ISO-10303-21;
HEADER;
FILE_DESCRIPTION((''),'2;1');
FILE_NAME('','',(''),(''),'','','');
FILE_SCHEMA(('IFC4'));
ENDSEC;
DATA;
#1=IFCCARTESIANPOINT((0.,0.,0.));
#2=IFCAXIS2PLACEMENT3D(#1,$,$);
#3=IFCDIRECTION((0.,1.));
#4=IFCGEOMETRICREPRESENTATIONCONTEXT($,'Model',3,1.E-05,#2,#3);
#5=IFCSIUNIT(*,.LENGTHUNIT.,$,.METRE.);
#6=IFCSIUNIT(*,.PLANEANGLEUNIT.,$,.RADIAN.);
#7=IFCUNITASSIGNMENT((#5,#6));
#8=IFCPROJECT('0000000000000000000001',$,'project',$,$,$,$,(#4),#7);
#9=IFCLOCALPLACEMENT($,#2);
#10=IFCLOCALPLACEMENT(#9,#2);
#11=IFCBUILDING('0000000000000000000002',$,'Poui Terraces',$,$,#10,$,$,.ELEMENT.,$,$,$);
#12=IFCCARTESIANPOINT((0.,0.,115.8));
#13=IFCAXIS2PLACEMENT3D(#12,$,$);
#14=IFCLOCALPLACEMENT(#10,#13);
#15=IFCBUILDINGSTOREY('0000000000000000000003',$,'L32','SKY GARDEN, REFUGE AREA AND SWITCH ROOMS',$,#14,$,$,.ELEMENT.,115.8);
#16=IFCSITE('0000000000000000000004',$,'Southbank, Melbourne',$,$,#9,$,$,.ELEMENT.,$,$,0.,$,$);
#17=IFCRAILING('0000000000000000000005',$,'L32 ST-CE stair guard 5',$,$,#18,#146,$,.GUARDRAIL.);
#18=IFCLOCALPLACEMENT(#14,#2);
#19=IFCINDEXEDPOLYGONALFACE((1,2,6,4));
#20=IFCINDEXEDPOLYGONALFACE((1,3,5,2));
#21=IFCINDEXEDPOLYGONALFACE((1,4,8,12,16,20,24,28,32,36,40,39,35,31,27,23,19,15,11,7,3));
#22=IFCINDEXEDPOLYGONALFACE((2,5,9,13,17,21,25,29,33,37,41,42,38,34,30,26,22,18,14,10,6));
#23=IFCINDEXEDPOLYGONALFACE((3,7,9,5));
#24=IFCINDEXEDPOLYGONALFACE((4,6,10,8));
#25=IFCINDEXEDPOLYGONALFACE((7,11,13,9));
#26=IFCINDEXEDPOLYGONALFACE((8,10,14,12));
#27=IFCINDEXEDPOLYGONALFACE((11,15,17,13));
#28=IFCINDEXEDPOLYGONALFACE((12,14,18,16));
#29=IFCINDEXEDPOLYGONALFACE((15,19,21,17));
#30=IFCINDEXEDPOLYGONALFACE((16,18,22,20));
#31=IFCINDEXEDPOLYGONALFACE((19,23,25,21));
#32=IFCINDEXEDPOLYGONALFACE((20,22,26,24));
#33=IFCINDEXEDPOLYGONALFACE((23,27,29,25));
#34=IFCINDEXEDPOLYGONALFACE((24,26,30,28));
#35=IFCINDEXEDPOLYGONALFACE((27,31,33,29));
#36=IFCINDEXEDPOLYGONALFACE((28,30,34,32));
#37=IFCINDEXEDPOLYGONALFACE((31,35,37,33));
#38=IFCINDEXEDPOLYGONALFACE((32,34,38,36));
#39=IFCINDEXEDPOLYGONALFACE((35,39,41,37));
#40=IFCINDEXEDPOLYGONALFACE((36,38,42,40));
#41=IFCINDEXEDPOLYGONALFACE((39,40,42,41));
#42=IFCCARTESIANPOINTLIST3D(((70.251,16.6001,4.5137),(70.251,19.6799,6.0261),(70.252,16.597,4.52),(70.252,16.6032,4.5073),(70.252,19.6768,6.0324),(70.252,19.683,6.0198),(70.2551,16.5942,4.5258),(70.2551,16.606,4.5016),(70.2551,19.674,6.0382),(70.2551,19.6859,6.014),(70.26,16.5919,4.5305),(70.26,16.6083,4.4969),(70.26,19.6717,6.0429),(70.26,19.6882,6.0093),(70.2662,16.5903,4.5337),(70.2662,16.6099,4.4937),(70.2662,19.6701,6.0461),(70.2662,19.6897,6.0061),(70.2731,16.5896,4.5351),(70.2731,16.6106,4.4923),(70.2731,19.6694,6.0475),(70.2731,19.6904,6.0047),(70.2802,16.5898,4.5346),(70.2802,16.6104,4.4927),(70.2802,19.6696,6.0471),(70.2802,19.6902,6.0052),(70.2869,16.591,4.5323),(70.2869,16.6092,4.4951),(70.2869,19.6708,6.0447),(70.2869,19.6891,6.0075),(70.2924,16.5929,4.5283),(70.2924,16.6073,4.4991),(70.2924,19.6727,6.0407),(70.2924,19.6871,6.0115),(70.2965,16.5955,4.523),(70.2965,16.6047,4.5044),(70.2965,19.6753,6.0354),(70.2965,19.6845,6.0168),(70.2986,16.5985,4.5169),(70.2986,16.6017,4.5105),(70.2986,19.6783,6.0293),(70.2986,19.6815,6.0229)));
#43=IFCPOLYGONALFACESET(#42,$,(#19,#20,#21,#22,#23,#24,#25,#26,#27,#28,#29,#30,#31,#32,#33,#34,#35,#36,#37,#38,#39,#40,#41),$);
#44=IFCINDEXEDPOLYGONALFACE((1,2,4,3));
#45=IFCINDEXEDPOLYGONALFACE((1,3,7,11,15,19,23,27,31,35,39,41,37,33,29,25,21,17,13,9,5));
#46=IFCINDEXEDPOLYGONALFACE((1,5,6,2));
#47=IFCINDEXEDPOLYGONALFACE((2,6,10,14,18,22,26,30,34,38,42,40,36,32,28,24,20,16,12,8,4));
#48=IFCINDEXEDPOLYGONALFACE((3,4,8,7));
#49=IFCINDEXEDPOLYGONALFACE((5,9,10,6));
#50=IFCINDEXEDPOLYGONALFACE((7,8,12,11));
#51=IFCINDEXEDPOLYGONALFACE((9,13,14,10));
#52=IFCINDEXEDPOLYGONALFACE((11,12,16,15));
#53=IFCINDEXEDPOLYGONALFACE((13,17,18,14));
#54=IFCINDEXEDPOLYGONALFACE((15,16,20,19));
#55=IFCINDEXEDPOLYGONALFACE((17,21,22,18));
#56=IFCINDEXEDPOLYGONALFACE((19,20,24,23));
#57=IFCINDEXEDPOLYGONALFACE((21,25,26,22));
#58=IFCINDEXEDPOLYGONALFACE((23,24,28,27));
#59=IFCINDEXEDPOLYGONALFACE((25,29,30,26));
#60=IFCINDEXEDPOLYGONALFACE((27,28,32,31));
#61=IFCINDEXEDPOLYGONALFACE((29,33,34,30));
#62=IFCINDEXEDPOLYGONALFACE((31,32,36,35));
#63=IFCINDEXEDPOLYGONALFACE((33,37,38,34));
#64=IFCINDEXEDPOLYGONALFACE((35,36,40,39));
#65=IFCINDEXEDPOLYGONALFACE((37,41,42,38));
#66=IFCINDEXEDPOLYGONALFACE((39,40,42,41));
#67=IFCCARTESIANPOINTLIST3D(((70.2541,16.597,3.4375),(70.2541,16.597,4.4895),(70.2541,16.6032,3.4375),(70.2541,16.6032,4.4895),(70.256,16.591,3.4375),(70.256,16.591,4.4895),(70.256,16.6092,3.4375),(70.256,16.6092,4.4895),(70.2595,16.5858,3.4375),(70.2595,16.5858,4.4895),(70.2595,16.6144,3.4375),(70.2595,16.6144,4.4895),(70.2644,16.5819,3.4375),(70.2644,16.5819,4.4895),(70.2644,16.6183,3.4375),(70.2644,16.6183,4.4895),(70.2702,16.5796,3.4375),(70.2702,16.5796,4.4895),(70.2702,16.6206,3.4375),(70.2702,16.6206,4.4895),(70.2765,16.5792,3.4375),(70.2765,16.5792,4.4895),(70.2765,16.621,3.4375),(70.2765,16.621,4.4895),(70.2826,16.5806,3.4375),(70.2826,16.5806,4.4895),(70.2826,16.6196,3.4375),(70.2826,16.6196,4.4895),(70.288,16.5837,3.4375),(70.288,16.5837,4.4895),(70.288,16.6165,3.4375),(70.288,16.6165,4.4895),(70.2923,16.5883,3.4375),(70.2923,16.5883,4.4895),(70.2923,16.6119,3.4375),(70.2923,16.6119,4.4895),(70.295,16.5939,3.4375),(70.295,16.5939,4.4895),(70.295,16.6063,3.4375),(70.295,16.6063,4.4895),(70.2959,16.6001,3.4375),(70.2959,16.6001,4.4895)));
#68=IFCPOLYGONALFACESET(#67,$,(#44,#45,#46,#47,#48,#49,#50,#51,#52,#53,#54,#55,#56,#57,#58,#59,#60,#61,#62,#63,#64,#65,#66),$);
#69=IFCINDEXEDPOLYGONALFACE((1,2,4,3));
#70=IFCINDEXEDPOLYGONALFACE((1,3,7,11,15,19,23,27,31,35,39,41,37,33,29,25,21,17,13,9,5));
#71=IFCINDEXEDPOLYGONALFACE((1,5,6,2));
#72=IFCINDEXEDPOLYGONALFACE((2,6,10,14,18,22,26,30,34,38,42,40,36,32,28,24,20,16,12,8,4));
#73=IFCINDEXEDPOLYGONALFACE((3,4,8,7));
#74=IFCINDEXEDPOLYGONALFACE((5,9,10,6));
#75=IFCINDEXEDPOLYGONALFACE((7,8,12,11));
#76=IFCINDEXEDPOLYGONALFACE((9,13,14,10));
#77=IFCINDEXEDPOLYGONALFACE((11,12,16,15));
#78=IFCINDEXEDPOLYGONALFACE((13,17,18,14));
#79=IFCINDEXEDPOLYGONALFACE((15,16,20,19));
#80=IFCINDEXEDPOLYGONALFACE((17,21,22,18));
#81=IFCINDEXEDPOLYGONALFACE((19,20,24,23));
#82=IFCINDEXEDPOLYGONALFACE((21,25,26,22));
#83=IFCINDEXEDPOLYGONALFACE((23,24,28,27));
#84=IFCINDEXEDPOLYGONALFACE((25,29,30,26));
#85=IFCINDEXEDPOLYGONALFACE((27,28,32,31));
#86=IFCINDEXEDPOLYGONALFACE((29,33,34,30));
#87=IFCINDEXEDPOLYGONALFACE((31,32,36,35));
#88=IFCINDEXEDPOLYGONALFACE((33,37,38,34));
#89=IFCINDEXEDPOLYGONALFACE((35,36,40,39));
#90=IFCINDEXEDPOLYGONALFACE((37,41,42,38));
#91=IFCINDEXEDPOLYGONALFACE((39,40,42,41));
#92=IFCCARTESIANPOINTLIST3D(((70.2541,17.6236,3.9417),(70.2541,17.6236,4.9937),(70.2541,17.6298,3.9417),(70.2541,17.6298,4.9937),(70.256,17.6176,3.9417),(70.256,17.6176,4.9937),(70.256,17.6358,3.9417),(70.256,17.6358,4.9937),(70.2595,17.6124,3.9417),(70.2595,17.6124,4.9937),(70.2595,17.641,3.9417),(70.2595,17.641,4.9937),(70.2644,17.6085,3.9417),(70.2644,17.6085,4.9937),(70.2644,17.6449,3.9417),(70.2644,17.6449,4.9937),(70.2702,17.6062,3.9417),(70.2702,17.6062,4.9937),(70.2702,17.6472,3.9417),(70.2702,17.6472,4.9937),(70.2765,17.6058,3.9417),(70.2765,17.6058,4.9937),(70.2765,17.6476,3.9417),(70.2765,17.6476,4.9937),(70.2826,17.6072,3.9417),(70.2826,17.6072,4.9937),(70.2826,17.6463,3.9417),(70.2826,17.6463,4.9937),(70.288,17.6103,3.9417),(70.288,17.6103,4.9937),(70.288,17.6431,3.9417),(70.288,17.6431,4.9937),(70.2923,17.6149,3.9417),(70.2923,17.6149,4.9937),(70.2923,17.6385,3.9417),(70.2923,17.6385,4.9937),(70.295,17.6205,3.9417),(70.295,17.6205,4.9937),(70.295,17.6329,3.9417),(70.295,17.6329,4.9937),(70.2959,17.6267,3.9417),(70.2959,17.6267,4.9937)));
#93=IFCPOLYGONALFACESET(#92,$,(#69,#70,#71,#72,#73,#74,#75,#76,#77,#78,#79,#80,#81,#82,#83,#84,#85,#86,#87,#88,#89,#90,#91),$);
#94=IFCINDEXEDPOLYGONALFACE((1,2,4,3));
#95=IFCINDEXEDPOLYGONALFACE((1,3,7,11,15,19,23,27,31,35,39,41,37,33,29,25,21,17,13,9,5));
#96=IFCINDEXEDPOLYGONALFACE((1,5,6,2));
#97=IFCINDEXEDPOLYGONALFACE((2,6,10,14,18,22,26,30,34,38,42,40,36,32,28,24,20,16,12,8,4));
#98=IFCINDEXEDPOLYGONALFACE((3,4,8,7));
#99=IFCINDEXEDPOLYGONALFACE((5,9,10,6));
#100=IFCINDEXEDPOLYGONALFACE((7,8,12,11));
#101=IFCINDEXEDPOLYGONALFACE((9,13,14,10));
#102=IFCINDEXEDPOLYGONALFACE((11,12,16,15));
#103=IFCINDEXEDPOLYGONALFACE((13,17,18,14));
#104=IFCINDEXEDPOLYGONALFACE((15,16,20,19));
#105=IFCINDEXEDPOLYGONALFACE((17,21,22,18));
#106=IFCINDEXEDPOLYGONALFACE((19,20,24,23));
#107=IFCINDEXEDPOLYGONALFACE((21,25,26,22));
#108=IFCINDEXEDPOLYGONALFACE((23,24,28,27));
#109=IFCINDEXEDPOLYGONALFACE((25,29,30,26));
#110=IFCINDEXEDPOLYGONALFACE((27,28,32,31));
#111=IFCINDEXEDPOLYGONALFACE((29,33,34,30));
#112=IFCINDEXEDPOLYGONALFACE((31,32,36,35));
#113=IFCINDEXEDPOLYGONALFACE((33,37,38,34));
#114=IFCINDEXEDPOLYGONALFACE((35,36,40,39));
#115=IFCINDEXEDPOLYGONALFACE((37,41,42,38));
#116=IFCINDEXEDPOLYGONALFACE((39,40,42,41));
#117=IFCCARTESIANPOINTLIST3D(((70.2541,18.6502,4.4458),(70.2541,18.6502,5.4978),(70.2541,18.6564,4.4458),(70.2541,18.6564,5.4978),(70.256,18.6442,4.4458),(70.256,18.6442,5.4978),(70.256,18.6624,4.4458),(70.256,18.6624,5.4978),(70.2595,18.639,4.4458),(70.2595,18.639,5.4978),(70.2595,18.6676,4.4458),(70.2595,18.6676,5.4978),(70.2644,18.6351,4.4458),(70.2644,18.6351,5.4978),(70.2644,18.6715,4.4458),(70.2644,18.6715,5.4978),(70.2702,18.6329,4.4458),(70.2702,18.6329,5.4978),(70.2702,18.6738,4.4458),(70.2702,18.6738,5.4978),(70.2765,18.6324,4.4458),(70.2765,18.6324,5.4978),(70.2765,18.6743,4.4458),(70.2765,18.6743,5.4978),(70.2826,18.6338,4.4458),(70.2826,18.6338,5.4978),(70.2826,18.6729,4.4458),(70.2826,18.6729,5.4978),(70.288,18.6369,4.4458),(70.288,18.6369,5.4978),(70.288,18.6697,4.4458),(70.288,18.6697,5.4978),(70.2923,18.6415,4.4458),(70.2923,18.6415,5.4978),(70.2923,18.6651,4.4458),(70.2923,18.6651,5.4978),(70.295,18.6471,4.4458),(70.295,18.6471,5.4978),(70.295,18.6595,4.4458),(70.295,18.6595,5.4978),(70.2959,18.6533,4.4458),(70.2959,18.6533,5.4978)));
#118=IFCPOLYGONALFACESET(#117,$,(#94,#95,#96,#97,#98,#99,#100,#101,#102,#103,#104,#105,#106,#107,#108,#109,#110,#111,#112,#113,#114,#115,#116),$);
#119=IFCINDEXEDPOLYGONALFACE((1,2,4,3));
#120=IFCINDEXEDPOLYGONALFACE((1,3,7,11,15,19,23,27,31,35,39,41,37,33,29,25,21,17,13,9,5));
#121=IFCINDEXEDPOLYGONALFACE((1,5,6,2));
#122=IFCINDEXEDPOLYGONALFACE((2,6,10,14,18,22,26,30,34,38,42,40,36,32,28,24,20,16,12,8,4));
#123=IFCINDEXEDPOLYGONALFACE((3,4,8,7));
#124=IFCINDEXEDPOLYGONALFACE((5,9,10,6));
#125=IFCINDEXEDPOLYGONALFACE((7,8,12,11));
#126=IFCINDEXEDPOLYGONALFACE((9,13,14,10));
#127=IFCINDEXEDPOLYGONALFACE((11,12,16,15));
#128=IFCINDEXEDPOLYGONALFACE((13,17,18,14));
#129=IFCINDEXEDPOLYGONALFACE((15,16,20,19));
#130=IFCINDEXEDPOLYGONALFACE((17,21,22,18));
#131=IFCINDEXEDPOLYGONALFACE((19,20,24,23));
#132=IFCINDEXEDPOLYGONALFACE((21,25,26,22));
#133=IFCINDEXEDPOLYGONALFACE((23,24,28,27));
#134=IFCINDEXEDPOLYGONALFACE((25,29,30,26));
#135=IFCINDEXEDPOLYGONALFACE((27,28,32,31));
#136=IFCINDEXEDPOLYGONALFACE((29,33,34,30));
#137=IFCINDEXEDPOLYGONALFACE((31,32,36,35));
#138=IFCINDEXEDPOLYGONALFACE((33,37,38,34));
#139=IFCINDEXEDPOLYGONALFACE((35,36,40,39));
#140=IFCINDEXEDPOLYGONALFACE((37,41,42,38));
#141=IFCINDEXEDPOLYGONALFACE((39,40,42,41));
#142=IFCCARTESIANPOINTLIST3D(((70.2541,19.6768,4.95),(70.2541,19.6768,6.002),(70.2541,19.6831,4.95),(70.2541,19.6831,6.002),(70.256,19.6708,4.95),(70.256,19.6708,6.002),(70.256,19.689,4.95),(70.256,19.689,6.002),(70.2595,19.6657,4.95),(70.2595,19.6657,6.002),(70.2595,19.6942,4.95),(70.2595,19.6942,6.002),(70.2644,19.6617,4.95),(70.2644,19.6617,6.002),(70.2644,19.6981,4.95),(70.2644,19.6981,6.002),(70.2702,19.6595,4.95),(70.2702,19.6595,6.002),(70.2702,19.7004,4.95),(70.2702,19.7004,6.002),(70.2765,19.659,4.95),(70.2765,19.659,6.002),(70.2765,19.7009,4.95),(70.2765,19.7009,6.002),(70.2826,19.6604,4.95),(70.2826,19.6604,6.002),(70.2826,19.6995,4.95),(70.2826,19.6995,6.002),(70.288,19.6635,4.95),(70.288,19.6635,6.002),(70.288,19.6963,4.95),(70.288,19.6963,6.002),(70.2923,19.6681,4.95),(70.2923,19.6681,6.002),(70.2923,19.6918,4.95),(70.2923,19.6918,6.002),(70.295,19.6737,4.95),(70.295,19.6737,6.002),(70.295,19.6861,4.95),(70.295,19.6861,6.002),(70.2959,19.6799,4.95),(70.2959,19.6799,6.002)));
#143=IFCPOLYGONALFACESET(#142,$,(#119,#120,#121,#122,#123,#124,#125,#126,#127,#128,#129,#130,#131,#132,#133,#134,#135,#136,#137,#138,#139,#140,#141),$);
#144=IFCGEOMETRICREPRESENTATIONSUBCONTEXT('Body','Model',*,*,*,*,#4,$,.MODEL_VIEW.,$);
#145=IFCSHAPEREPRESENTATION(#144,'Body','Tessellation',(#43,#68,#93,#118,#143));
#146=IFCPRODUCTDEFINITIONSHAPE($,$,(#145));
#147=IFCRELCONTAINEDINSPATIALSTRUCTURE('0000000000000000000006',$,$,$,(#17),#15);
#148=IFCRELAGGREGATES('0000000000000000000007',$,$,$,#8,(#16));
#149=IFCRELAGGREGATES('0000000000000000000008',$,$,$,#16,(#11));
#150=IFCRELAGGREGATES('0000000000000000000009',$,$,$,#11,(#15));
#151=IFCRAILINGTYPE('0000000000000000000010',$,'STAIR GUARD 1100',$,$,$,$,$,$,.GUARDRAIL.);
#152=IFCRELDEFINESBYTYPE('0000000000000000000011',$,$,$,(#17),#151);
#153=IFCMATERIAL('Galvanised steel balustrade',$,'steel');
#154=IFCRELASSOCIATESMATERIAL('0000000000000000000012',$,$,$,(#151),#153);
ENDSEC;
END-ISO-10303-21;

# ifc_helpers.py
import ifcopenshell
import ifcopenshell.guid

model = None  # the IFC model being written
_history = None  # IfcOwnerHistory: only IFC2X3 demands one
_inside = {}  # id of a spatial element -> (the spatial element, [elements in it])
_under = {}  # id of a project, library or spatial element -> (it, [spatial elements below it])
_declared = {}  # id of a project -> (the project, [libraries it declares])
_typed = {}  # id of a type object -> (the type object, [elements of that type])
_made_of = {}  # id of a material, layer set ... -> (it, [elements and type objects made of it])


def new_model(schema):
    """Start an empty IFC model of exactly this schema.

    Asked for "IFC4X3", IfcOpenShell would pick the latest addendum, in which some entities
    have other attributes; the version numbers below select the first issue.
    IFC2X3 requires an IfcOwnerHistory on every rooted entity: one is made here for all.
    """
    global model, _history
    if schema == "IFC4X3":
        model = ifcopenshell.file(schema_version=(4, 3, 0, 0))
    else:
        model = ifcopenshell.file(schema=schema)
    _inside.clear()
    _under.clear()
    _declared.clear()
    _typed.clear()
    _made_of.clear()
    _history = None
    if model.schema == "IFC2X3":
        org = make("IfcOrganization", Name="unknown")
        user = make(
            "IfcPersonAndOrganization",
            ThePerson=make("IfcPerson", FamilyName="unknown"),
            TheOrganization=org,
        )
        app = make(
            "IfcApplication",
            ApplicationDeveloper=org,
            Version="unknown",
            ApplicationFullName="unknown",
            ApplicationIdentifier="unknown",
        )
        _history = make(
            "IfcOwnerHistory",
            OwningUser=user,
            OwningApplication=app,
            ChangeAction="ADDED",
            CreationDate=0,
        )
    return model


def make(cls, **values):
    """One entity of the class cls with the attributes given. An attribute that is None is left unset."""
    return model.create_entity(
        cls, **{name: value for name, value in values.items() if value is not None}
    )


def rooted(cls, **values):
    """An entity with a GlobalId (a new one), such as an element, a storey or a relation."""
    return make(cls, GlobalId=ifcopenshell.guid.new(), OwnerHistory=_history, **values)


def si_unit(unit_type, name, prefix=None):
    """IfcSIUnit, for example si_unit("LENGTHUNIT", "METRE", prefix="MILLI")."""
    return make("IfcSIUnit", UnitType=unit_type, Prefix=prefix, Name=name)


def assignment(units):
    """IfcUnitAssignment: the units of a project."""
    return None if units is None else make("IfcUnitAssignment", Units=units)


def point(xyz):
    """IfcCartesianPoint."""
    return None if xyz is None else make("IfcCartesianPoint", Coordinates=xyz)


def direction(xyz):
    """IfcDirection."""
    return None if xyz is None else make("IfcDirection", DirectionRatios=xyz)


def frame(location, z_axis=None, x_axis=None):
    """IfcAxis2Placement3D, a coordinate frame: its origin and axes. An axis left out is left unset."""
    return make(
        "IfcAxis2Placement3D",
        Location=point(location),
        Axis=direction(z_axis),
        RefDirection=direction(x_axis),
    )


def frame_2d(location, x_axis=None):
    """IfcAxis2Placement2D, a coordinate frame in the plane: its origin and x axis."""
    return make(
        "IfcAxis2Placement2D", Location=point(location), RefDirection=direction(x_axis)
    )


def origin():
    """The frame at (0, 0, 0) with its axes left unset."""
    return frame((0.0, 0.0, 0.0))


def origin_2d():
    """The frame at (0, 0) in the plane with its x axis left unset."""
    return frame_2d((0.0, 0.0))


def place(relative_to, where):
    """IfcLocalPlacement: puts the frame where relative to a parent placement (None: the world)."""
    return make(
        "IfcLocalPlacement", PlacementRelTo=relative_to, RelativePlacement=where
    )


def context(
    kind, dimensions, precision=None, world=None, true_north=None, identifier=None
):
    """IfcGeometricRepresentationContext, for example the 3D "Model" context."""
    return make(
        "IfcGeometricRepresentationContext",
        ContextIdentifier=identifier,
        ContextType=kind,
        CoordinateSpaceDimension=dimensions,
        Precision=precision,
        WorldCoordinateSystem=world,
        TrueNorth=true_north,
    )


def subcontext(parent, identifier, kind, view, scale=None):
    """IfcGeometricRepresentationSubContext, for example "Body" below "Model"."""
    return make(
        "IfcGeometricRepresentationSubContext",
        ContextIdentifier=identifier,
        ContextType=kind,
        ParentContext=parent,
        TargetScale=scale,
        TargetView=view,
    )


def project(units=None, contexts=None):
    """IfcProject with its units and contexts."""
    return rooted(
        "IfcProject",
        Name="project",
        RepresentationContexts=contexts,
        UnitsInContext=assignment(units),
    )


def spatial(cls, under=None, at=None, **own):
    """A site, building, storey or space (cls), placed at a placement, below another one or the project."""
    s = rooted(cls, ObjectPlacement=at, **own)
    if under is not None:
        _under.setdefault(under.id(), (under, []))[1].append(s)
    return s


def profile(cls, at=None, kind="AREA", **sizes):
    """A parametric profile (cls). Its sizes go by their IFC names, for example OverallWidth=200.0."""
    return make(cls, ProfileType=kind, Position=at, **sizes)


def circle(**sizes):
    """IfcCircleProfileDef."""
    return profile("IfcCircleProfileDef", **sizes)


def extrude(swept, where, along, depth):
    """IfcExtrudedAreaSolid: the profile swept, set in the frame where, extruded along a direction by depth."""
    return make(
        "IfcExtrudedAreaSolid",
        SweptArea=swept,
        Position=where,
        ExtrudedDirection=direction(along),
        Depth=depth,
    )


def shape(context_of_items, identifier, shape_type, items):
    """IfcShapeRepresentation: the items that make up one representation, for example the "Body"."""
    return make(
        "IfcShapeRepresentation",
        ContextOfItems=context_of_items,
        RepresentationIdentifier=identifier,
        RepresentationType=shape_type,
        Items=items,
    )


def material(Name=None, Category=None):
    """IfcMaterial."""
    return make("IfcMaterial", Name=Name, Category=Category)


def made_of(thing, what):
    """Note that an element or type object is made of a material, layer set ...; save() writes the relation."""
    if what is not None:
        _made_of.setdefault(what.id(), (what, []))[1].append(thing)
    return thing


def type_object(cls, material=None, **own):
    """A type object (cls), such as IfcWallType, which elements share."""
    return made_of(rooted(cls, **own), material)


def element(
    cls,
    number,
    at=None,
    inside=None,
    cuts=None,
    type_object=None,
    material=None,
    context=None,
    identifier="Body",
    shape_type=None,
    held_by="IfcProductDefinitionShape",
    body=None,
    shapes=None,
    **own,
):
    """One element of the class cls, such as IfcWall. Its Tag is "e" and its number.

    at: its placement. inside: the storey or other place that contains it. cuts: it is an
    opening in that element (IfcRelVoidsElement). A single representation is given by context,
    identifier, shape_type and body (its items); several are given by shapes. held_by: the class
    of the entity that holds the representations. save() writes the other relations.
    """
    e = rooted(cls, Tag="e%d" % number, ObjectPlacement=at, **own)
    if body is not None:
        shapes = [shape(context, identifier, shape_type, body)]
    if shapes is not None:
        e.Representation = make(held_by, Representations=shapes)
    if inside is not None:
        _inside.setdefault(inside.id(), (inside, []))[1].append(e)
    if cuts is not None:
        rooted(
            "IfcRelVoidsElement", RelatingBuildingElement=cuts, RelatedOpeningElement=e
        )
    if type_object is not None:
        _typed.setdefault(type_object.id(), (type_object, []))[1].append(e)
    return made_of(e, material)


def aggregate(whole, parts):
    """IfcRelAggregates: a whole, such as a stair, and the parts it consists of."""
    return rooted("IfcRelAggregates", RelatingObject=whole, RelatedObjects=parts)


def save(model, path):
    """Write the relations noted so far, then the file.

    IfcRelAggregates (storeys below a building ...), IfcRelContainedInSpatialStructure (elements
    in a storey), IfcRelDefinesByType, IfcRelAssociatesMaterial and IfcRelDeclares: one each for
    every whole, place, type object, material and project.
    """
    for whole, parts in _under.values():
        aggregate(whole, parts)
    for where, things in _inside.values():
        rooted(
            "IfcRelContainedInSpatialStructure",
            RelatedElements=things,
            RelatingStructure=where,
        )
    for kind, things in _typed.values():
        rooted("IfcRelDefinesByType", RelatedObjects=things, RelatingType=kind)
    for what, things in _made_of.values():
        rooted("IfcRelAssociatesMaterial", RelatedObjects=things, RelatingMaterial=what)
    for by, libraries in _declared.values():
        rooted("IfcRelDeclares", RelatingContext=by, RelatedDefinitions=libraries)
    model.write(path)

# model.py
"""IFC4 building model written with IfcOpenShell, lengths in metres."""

from ifc_helpers import new_model, si_unit, direction, frame, origin, origin_2d, place, context, subcontext, project, spatial, circle, extrude, material, type_object, element, save


model = new_model("IFC4")

# Units and contexts
model_context = context("Model", 3, precision=1e-05, world=origin(), true_north=direction((0.0, 1.0)))
body_context = subcontext(model_context, "Body", "Model", "MODEL_VIEW")
ifc_project = project(units=[si_unit("LENGTHUNIT", "METRE"), si_unit("PLANEANGLEUNIT", "RADIAN")], contexts=[model_context])

# Site, building, storey
site_placement = place(None, origin())
site = spatial("IfcSite", under=ifc_project, at=site_placement, Name="Southbank, Melbourne", CompositionType="ELEMENT", RefElevation=0.0)
building_placement = place(site_placement, origin())
building = spatial("IfcBuilding", under=site, at=building_placement, Name="Poui Terraces", CompositionType="ELEMENT")
storey_placement = place(building_placement, frame((0.0, 0.0, 115.8)))
storey = spatial("IfcBuildingStorey", under=building, at=storey_placement, Name="L32", Description="SKY GARDEN, REFUGE AREA AND SWITCH ROOMS", CompositionType="ELEMENT", Elevation=115.8)

# Railing
ifc_material_1 = material(Name="Galvanised steel balustrade", Category="steel")
railing_type_1 = type_object("IfcRailingType", Name="STAIR GUARD 1100", PredefinedType="GUARDRAIL", material=ifc_material_1)
railing_1_placement = place(storey_placement, frame((70.2749, 16.6001, 3.4375)))
element("IfcRailing", 1, at=railing_1_placement, inside=storey, type_object=railing_type_1, Name="L32 ST-CE stair guard 5", PredefinedType="GUARDRAIL", context=body_context, shape_type="SweptSolid", body=[
    extrude(circle(Radius=0.0239, at=origin_2d()), frame((0.0, 0.0, 1.0762), z_axis=(0.0, 0.897606, 0.440798), x_axis=(-1.0, 0.0, 0.0)), (0.0, 0.0, 1.0), 3.4312),
    extrude(circle(Radius=0.021, at=origin_2d()), origin(), (0.0, 0.0, 1.0), 1.052),
    extrude(circle(Radius=0.021, at=origin_2d()), frame((0.0, 1.0266, 0.5042)), (0.0, 0.0, 1.0), 1.052),
    extrude(circle(Radius=0.021, at=origin_2d()), frame((0.0, 2.0532, 1.0083)), (0.0, 0.0, 1.0), 1.052),
    extrude(circle(Radius=0.021, at=origin_2d()), frame((0.0, 3.0798, 1.5125)), (0.0, 0.0, 1.0), 1.052),
])

save(model, "model.ifc")
